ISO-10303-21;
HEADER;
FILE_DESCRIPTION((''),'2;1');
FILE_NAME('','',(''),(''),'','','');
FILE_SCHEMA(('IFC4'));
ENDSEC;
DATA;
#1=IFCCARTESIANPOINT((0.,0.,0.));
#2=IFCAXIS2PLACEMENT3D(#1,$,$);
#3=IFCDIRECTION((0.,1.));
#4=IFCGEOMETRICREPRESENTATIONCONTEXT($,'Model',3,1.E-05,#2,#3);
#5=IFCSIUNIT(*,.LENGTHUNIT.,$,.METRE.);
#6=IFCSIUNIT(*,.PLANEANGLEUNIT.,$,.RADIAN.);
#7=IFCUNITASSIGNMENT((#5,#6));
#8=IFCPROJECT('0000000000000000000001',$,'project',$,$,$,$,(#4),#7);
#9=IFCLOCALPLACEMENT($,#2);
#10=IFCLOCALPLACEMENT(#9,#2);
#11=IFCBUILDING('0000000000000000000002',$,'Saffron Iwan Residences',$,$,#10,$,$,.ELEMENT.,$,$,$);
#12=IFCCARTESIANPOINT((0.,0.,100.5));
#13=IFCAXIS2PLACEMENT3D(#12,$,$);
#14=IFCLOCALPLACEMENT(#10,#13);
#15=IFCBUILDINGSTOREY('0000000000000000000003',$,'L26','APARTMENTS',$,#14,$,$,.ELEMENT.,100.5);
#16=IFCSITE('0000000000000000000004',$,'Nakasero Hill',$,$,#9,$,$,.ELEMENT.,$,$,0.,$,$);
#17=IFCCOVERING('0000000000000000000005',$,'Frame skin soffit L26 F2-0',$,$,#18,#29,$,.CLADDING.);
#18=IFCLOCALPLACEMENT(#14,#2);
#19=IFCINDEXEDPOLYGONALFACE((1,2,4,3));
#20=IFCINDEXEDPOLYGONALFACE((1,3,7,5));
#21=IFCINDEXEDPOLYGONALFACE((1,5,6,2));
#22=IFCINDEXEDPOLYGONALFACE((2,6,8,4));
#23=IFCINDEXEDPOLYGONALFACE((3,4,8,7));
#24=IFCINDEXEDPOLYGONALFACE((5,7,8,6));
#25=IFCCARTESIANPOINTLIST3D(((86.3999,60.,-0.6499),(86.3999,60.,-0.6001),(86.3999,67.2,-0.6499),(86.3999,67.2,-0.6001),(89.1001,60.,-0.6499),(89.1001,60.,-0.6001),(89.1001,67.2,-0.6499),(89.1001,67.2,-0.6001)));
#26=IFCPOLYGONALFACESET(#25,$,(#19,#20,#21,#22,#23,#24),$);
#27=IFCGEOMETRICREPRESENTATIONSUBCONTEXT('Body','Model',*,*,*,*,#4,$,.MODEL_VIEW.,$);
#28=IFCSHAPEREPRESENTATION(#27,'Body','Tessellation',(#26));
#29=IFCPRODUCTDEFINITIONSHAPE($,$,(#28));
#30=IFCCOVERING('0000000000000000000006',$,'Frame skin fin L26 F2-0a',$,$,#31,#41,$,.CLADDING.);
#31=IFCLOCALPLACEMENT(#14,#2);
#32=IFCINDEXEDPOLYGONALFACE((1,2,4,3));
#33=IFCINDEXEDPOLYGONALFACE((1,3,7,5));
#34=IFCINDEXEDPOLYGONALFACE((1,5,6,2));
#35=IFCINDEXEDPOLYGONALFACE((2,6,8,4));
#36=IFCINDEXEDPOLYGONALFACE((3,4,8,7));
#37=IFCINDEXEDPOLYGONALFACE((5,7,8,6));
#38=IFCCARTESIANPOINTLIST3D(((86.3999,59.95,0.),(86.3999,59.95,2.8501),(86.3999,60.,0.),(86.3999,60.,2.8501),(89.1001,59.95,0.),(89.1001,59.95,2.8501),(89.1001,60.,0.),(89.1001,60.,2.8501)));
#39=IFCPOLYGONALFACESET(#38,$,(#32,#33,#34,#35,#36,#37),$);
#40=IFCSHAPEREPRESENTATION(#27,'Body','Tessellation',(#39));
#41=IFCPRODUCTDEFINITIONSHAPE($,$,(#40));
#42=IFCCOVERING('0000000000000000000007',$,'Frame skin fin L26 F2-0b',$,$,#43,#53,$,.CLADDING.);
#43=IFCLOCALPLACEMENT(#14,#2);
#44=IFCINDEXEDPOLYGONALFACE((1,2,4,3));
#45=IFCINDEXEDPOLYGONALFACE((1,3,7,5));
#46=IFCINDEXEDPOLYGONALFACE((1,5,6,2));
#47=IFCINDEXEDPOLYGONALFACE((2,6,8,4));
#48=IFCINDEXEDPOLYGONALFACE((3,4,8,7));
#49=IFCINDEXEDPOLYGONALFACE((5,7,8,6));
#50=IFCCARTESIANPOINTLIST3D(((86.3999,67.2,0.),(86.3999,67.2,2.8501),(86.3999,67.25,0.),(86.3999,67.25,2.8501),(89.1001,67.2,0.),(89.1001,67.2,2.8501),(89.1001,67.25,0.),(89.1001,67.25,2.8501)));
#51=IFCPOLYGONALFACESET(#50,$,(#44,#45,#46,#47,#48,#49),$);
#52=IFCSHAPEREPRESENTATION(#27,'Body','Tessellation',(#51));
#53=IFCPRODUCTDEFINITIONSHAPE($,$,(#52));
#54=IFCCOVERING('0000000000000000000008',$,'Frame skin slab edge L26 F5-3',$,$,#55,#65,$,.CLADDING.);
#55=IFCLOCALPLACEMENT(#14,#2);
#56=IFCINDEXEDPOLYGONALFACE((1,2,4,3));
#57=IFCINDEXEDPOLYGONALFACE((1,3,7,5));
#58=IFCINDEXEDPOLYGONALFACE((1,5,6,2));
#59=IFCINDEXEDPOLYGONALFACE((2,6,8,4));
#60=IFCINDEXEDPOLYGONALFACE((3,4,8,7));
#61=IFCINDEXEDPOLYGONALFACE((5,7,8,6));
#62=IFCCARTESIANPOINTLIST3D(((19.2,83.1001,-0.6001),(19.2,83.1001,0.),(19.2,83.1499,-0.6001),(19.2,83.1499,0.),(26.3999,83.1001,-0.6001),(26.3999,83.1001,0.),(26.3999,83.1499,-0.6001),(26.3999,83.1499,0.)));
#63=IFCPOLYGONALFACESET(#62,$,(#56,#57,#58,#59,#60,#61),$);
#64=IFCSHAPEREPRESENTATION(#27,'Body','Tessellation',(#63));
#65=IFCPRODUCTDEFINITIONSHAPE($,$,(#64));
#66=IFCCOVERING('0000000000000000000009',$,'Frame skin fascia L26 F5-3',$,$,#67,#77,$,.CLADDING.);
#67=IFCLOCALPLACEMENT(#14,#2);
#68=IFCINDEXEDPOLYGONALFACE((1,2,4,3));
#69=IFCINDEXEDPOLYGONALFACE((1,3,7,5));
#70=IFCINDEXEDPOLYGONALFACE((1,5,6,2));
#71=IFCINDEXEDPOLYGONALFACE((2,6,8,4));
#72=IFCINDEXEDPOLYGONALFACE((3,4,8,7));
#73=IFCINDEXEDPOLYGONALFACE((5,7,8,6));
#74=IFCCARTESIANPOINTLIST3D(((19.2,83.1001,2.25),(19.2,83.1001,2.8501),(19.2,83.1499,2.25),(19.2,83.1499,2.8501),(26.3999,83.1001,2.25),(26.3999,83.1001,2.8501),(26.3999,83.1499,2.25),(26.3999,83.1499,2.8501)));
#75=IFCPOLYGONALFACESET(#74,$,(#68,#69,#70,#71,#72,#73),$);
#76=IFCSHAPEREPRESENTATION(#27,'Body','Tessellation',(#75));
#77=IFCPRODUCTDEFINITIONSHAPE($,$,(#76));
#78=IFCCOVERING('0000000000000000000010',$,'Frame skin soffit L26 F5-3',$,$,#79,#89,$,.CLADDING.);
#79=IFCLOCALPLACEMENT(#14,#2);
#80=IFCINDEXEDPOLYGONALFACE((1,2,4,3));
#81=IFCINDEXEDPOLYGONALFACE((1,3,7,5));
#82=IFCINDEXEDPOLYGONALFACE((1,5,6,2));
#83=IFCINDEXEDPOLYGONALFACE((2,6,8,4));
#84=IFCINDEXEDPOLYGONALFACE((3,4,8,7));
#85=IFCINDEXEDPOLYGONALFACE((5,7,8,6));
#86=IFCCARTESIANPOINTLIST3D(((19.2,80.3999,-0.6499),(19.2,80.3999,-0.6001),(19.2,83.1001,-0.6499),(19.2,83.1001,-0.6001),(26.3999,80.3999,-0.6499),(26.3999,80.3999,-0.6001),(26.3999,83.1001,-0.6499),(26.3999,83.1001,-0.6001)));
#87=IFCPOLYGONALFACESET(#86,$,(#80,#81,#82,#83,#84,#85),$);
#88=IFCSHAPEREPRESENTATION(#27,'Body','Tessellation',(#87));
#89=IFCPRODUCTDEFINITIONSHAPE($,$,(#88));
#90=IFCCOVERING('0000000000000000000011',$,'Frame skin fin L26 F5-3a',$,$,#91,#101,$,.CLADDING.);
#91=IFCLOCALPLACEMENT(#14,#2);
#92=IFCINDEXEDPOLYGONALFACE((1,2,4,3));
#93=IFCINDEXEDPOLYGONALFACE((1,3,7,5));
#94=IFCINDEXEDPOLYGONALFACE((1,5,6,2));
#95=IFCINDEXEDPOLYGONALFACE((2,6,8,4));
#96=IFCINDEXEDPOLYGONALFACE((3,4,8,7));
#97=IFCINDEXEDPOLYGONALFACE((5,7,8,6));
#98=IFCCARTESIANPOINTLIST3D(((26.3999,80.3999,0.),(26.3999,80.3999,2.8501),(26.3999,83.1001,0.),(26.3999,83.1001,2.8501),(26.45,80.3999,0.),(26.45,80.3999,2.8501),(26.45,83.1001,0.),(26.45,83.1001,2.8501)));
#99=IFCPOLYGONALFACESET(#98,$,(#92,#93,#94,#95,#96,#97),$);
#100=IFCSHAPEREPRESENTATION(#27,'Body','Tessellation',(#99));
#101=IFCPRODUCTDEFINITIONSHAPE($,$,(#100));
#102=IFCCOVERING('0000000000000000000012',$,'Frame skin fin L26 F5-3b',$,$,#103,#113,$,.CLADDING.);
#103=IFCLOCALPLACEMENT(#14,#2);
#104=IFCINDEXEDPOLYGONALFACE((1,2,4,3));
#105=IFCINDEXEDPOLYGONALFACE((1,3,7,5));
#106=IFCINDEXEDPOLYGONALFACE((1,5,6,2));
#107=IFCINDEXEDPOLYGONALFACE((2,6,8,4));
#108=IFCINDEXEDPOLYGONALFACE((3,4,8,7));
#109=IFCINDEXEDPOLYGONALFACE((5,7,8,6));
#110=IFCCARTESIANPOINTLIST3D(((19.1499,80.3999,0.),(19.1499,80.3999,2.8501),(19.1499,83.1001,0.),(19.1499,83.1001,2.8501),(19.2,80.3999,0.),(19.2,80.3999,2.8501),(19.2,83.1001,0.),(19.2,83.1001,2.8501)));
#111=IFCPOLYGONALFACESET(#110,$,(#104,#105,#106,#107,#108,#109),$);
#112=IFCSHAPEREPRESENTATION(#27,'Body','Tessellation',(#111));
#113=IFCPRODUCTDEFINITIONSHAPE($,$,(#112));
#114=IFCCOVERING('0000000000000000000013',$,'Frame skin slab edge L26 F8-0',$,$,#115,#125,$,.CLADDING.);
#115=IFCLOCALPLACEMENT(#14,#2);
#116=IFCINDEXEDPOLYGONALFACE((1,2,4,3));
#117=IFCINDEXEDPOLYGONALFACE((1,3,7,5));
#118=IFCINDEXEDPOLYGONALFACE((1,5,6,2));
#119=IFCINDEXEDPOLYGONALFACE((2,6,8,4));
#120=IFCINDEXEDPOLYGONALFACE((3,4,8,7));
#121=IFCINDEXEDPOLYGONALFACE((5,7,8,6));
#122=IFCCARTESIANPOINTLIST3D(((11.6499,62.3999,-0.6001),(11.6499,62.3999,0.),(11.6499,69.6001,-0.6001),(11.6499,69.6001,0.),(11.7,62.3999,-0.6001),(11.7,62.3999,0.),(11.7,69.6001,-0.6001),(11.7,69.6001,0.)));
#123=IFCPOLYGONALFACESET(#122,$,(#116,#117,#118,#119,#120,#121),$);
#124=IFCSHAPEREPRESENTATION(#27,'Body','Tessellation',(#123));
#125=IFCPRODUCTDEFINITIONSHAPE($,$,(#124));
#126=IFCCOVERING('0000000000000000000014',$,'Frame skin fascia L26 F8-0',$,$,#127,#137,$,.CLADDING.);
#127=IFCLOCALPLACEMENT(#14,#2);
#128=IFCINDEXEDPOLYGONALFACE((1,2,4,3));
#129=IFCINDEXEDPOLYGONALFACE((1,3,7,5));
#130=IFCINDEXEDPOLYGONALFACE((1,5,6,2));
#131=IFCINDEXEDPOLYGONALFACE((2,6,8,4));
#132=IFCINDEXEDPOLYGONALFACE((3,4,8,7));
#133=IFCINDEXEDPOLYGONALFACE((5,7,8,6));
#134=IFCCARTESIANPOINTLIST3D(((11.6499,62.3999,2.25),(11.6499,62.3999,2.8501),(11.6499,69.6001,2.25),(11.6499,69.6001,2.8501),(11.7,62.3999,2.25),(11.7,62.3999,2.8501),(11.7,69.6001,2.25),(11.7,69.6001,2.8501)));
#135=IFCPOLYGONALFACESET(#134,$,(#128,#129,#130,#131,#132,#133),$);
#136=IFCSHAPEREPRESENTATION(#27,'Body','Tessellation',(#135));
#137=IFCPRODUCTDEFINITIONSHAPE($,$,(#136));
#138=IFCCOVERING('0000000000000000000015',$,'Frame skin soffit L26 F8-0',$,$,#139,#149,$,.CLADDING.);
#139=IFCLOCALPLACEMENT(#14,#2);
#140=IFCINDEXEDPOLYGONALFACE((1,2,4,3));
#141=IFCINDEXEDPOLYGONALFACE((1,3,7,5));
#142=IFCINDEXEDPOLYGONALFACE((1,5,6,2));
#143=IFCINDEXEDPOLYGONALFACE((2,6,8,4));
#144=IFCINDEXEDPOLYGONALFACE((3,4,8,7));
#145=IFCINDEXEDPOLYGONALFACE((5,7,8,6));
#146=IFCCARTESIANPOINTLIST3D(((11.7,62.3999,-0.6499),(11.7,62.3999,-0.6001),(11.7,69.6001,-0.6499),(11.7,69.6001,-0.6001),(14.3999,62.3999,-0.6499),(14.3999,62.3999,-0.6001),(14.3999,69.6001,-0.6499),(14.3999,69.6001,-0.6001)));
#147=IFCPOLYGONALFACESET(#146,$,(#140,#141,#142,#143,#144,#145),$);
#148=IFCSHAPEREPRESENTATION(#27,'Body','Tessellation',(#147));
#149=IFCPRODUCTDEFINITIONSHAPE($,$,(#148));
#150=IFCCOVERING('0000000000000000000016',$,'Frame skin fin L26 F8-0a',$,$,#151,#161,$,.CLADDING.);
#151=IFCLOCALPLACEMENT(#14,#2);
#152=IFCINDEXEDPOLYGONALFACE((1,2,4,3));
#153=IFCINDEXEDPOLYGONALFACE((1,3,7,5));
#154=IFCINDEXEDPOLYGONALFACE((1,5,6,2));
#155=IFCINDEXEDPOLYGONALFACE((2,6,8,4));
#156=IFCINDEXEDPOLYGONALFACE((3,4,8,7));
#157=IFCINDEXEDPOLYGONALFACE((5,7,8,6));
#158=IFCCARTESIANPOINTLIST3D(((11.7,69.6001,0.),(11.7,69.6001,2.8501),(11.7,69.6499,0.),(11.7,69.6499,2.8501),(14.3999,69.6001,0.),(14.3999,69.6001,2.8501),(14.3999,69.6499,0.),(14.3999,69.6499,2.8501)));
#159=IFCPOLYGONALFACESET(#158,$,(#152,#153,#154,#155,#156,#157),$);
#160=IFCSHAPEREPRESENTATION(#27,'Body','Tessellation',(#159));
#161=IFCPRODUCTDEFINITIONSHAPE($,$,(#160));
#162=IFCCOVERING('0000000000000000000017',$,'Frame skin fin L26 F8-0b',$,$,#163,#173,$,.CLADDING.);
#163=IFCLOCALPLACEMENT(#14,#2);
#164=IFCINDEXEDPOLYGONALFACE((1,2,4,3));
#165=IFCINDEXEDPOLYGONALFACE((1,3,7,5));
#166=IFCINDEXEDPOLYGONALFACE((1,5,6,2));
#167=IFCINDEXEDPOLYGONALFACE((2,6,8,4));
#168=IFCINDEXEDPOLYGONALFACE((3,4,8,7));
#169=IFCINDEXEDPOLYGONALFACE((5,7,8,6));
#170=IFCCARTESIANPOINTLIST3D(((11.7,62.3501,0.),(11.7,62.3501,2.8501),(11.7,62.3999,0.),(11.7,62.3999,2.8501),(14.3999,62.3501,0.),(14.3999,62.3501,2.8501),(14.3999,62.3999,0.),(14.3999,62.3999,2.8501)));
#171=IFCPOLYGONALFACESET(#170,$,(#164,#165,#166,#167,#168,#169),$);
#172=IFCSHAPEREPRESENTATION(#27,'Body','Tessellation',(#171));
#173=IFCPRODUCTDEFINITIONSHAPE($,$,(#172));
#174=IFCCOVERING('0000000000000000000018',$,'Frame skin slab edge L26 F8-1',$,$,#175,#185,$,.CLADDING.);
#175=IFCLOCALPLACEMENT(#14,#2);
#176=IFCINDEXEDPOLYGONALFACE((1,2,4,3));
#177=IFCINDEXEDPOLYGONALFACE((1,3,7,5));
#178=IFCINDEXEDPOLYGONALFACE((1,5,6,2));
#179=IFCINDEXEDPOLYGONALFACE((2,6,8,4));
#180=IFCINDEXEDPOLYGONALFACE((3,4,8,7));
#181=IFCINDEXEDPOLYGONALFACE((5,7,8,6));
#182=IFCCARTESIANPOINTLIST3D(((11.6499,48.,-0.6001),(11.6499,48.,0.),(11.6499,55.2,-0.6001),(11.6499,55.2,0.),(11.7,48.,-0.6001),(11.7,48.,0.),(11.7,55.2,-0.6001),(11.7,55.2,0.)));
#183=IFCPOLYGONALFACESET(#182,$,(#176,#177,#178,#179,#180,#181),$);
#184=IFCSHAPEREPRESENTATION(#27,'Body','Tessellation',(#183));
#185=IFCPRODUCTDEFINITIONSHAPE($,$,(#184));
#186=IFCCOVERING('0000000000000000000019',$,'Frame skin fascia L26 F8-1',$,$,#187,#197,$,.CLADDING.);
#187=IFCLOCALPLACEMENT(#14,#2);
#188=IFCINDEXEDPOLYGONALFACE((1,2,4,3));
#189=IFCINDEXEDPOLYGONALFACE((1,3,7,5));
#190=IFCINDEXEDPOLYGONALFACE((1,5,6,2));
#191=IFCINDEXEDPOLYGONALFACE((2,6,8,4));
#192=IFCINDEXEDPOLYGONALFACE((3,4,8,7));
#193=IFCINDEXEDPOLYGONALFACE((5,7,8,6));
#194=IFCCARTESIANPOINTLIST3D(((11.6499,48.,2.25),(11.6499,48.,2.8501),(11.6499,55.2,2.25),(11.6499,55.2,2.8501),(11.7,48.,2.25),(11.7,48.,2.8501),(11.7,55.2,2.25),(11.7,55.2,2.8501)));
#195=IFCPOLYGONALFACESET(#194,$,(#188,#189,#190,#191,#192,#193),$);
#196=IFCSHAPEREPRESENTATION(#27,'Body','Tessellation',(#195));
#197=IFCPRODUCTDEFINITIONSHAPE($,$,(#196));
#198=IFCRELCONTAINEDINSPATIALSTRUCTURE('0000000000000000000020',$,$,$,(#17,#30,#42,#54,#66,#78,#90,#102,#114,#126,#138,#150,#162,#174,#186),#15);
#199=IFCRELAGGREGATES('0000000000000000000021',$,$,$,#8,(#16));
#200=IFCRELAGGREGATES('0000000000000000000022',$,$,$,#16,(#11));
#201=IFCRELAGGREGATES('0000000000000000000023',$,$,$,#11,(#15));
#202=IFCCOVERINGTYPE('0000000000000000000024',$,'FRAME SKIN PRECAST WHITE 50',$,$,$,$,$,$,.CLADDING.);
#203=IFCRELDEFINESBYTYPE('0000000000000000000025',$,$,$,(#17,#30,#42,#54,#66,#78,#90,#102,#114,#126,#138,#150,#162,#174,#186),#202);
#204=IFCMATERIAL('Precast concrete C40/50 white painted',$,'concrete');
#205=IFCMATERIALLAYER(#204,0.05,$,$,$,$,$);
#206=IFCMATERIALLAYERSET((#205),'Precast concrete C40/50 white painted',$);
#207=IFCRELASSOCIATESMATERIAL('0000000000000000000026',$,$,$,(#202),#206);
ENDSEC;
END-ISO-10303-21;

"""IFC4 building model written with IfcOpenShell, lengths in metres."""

from ifc_helpers import new_model, si_unit, direction, frame, origin, place, context, subcontext, project, spatial, polyline, outline, extrude, material, layer, layer_set, type_object, element, save


model = new_model("IFC4")

# Units and contexts
model_context = context("Model", 3, precision=1e-05, world=origin(), true_north=direction((0.0, 1.0)))
body_context = subcontext(model_context, "Body", "Model", "MODEL_VIEW")
ifc_project = project(units=[si_unit("LENGTHUNIT", "METRE"), si_unit("PLANEANGLEUNIT", "RADIAN")], contexts=[model_context])

# Site, building, storey
site_placement = place(None, origin())
site = spatial("IfcSite", under=ifc_project, at=site_placement, Name="Nakasero Hill", CompositionType="ELEMENT", RefElevation=0.0)
building_placement = place(site_placement, origin())
building = spatial("IfcBuilding", under=site, at=building_placement, Name="Saffron Iwan Residences", CompositionType="ELEMENT")
storey_placement = place(building_placement, frame((0.0, 0.0, 100.5)))
storey = spatial("IfcBuildingStorey", under=building, at=storey_placement, Name="L26", Description="APARTMENTS", CompositionType="ELEMENT", Elevation=100.5)

# Coverings
ifc_material_1 = material(Name="Precast concrete C40/50 white painted", Category="concrete")
ifc_layer_1 = layer(ifc_material_1, 0.05)
ifc_layer_set_1 = layer_set([ifc_layer_1], Name="Precast concrete C40/50 white painted")
covering_type_1 = type_object("IfcCoveringType", Name="FRAME SKIN PRECAST WHITE 50", PredefinedType="CLADDING", material=ifc_layer_set_1)
covering_1_placement = place(storey_placement, frame((0.0, 0.0, -0.6499)))
element("IfcCovering", 1, at=covering_1_placement, inside=storey, type_object=covering_type_1, Name="Frame skin soffit L26 F2-0", PredefinedType="CLADDING", context=body_context, shape_type="SweptSolid", body=[
    extrude(outline(polyline([(89.1001, 60.0), (89.1001, 67.2), (86.3999, 67.2), (86.3999, 60.0), (89.1001, 60.0)])), origin(), (0.0, 0.0, 1.0), 0.0498),
])
covering_2_placement = place(storey_placement, origin())
element("IfcCovering", 2, at=covering_2_placement, inside=storey, type_object=covering_type_1, Name="Frame skin fin L26 F2-0a", PredefinedType="CLADDING", context=body_context, shape_type="SweptSolid", body=[
    extrude(outline(polyline([(89.1001, 59.95), (89.1001, 60.0), (86.3999, 60.0), (86.3999, 59.95), (89.1001, 59.95)])), origin(), (0.0, 0.0, 1.0), 2.8501),
])
covering_3_placement = place(storey_placement, origin())
element("IfcCovering", 3, at=covering_3_placement, inside=storey, type_object=covering_type_1, Name="Frame skin fin L26 F2-0b", PredefinedType="CLADDING", context=body_context, shape_type="SweptSolid", body=[
    extrude(outline(polyline([(89.1001, 67.2), (89.1001, 67.25), (86.3999, 67.25), (86.3999, 67.2), (89.1001, 67.2)])), origin(), (0.0, 0.0, 1.0), 2.8501),
])
for number, where, name in (
    (4, (0.0, 0.0, -0.6001), "Frame skin slab edge L26 F5-3"),
    (5, (0.0, 0.0, 2.25), "Frame skin fascia L26 F5-3"),
):
    element("IfcCovering", number, at=place(storey_placement, frame(where)), inside=storey, type_object=covering_type_1, Name=name, PredefinedType="CLADDING", context=body_context, shape_type="SweptSolid", body=[
        extrude(outline(polyline([(26.3999, 83.1499), (19.2, 83.1499), (19.2, 83.1001), (26.3999, 83.1001), (26.3999, 83.1499)])), origin(), (0.0, 0.0, 1.0), 0.6001),
    ])
covering_4_placement = place(storey_placement, frame((0.0, 0.0, -0.6499)))
element("IfcCovering", 6, at=covering_4_placement, inside=storey, type_object=covering_type_1, Name="Frame skin soffit L26 F5-3", PredefinedType="CLADDING", context=body_context, shape_type="SweptSolid", body=[
    extrude(outline(polyline([(26.3999, 83.1001), (19.2, 83.1001), (19.2, 80.3999), (26.3999, 80.3999), (26.3999, 83.1001)])), origin(), (0.0, 0.0, 1.0), 0.0498),
])
covering_5_placement = place(storey_placement, origin())
element("IfcCovering", 7, at=covering_5_placement, inside=storey, type_object=covering_type_1, Name="Frame skin fin L26 F5-3a", PredefinedType="CLADDING", context=body_context, shape_type="SweptSolid", body=[
    extrude(outline(polyline([(26.45, 83.1001), (26.3999, 83.1001), (26.3999, 80.3999), (26.45, 80.3999), (26.45, 83.1001)])), origin(), (0.0, 0.0, 1.0), 2.8501),
])
covering_6_placement = place(storey_placement, origin())
element("IfcCovering", 8, at=covering_6_placement, inside=storey, type_object=covering_type_1, Name="Frame skin fin L26 F5-3b", PredefinedType="CLADDING", context=body_context, shape_type="SweptSolid", body=[
    extrude(outline(polyline([(19.2, 83.1001), (19.1499, 83.1001), (19.1499, 80.3999), (19.2, 80.3999), (19.2, 83.1001)])), origin(), (0.0, 0.0, 1.0), 2.8501),
])
for number, where, name in (
    (9, (0.0, 0.0, -0.6001), "Frame skin slab edge L26 F8-0"),
    (10, (0.0, 0.0, 2.25), "Frame skin fascia L26 F8-0"),
):
    element("IfcCovering", number, at=place(storey_placement, frame(where)), inside=storey, type_object=covering_type_1, Name=name, PredefinedType="CLADDING", context=body_context, shape_type="SweptSolid", body=[
        extrude(outline(polyline([(11.6499, 69.6001), (11.6499, 62.3999), (11.7, 62.3999), (11.7, 69.6001), (11.6499, 69.6001)])), origin(), (0.0, 0.0, 1.0), 0.6001),
    ])
covering_7_placement = place(storey_placement, frame((0.0, 0.0, -0.6499)))
element("IfcCovering", 11, at=covering_7_placement, inside=storey, type_object=covering_type_1, Name="Frame skin soffit L26 F8-0", PredefinedType="CLADDING", context=body_context, shape_type="SweptSolid", body=[
    extrude(outline(polyline([(11.7, 69.6001), (11.7, 62.3999), (14.3999, 62.3999), (14.3999, 69.6001), (11.7, 69.6001)])), origin(), (0.0, 0.0, 1.0), 0.0498),
])
covering_8_placement = place(storey_placement, origin())
element("IfcCovering", 12, at=covering_8_placement, inside=storey, type_object=covering_type_1, Name="Frame skin fin L26 F8-0a", PredefinedType="CLADDING", context=body_context, shape_type="SweptSolid", body=[
    extrude(outline(polyline([(11.7, 69.6499), (11.7, 69.6001), (14.3999, 69.6001), (14.3999, 69.6499), (11.7, 69.6499)])), origin(), (0.0, 0.0, 1.0), 2.8501),
])
covering_9_placement = place(storey_placement, origin())
element("IfcCovering", 13, at=covering_9_placement, inside=storey, type_object=covering_type_1, Name="Frame skin fin L26 F8-0b", PredefinedType="CLADDING", context=body_context, shape_type="SweptSolid", body=[
    extrude(outline(polyline([(11.7, 62.3999), (11.7, 62.3501), (14.3999, 62.3501), (14.3999, 62.3999), (11.7, 62.3999)])), origin(), (0.0, 0.0, 1.0), 2.8501),
])
for number, where, name in (
    (14, (0.0, 0.0, -0.6001), "Frame skin slab edge L26 F8-1"),
    (15, (0.0, 0.0, 2.25), "Frame skin fascia L26 F8-1"),
):
    element("IfcCovering", number, at=place(storey_placement, frame(where)), inside=storey, type_object=covering_type_1, Name=name, PredefinedType="CLADDING", context=body_context, shape_type="SweptSolid", body=[
        extrude(outline(polyline([(11.6499, 55.2), (11.6499, 48.0), (11.7, 48.0), (11.7, 55.2), (11.6499, 55.2)])), origin(), (0.0, 0.0, 1.0), 0.6001),
    ])

save(model, "model.ifc")
